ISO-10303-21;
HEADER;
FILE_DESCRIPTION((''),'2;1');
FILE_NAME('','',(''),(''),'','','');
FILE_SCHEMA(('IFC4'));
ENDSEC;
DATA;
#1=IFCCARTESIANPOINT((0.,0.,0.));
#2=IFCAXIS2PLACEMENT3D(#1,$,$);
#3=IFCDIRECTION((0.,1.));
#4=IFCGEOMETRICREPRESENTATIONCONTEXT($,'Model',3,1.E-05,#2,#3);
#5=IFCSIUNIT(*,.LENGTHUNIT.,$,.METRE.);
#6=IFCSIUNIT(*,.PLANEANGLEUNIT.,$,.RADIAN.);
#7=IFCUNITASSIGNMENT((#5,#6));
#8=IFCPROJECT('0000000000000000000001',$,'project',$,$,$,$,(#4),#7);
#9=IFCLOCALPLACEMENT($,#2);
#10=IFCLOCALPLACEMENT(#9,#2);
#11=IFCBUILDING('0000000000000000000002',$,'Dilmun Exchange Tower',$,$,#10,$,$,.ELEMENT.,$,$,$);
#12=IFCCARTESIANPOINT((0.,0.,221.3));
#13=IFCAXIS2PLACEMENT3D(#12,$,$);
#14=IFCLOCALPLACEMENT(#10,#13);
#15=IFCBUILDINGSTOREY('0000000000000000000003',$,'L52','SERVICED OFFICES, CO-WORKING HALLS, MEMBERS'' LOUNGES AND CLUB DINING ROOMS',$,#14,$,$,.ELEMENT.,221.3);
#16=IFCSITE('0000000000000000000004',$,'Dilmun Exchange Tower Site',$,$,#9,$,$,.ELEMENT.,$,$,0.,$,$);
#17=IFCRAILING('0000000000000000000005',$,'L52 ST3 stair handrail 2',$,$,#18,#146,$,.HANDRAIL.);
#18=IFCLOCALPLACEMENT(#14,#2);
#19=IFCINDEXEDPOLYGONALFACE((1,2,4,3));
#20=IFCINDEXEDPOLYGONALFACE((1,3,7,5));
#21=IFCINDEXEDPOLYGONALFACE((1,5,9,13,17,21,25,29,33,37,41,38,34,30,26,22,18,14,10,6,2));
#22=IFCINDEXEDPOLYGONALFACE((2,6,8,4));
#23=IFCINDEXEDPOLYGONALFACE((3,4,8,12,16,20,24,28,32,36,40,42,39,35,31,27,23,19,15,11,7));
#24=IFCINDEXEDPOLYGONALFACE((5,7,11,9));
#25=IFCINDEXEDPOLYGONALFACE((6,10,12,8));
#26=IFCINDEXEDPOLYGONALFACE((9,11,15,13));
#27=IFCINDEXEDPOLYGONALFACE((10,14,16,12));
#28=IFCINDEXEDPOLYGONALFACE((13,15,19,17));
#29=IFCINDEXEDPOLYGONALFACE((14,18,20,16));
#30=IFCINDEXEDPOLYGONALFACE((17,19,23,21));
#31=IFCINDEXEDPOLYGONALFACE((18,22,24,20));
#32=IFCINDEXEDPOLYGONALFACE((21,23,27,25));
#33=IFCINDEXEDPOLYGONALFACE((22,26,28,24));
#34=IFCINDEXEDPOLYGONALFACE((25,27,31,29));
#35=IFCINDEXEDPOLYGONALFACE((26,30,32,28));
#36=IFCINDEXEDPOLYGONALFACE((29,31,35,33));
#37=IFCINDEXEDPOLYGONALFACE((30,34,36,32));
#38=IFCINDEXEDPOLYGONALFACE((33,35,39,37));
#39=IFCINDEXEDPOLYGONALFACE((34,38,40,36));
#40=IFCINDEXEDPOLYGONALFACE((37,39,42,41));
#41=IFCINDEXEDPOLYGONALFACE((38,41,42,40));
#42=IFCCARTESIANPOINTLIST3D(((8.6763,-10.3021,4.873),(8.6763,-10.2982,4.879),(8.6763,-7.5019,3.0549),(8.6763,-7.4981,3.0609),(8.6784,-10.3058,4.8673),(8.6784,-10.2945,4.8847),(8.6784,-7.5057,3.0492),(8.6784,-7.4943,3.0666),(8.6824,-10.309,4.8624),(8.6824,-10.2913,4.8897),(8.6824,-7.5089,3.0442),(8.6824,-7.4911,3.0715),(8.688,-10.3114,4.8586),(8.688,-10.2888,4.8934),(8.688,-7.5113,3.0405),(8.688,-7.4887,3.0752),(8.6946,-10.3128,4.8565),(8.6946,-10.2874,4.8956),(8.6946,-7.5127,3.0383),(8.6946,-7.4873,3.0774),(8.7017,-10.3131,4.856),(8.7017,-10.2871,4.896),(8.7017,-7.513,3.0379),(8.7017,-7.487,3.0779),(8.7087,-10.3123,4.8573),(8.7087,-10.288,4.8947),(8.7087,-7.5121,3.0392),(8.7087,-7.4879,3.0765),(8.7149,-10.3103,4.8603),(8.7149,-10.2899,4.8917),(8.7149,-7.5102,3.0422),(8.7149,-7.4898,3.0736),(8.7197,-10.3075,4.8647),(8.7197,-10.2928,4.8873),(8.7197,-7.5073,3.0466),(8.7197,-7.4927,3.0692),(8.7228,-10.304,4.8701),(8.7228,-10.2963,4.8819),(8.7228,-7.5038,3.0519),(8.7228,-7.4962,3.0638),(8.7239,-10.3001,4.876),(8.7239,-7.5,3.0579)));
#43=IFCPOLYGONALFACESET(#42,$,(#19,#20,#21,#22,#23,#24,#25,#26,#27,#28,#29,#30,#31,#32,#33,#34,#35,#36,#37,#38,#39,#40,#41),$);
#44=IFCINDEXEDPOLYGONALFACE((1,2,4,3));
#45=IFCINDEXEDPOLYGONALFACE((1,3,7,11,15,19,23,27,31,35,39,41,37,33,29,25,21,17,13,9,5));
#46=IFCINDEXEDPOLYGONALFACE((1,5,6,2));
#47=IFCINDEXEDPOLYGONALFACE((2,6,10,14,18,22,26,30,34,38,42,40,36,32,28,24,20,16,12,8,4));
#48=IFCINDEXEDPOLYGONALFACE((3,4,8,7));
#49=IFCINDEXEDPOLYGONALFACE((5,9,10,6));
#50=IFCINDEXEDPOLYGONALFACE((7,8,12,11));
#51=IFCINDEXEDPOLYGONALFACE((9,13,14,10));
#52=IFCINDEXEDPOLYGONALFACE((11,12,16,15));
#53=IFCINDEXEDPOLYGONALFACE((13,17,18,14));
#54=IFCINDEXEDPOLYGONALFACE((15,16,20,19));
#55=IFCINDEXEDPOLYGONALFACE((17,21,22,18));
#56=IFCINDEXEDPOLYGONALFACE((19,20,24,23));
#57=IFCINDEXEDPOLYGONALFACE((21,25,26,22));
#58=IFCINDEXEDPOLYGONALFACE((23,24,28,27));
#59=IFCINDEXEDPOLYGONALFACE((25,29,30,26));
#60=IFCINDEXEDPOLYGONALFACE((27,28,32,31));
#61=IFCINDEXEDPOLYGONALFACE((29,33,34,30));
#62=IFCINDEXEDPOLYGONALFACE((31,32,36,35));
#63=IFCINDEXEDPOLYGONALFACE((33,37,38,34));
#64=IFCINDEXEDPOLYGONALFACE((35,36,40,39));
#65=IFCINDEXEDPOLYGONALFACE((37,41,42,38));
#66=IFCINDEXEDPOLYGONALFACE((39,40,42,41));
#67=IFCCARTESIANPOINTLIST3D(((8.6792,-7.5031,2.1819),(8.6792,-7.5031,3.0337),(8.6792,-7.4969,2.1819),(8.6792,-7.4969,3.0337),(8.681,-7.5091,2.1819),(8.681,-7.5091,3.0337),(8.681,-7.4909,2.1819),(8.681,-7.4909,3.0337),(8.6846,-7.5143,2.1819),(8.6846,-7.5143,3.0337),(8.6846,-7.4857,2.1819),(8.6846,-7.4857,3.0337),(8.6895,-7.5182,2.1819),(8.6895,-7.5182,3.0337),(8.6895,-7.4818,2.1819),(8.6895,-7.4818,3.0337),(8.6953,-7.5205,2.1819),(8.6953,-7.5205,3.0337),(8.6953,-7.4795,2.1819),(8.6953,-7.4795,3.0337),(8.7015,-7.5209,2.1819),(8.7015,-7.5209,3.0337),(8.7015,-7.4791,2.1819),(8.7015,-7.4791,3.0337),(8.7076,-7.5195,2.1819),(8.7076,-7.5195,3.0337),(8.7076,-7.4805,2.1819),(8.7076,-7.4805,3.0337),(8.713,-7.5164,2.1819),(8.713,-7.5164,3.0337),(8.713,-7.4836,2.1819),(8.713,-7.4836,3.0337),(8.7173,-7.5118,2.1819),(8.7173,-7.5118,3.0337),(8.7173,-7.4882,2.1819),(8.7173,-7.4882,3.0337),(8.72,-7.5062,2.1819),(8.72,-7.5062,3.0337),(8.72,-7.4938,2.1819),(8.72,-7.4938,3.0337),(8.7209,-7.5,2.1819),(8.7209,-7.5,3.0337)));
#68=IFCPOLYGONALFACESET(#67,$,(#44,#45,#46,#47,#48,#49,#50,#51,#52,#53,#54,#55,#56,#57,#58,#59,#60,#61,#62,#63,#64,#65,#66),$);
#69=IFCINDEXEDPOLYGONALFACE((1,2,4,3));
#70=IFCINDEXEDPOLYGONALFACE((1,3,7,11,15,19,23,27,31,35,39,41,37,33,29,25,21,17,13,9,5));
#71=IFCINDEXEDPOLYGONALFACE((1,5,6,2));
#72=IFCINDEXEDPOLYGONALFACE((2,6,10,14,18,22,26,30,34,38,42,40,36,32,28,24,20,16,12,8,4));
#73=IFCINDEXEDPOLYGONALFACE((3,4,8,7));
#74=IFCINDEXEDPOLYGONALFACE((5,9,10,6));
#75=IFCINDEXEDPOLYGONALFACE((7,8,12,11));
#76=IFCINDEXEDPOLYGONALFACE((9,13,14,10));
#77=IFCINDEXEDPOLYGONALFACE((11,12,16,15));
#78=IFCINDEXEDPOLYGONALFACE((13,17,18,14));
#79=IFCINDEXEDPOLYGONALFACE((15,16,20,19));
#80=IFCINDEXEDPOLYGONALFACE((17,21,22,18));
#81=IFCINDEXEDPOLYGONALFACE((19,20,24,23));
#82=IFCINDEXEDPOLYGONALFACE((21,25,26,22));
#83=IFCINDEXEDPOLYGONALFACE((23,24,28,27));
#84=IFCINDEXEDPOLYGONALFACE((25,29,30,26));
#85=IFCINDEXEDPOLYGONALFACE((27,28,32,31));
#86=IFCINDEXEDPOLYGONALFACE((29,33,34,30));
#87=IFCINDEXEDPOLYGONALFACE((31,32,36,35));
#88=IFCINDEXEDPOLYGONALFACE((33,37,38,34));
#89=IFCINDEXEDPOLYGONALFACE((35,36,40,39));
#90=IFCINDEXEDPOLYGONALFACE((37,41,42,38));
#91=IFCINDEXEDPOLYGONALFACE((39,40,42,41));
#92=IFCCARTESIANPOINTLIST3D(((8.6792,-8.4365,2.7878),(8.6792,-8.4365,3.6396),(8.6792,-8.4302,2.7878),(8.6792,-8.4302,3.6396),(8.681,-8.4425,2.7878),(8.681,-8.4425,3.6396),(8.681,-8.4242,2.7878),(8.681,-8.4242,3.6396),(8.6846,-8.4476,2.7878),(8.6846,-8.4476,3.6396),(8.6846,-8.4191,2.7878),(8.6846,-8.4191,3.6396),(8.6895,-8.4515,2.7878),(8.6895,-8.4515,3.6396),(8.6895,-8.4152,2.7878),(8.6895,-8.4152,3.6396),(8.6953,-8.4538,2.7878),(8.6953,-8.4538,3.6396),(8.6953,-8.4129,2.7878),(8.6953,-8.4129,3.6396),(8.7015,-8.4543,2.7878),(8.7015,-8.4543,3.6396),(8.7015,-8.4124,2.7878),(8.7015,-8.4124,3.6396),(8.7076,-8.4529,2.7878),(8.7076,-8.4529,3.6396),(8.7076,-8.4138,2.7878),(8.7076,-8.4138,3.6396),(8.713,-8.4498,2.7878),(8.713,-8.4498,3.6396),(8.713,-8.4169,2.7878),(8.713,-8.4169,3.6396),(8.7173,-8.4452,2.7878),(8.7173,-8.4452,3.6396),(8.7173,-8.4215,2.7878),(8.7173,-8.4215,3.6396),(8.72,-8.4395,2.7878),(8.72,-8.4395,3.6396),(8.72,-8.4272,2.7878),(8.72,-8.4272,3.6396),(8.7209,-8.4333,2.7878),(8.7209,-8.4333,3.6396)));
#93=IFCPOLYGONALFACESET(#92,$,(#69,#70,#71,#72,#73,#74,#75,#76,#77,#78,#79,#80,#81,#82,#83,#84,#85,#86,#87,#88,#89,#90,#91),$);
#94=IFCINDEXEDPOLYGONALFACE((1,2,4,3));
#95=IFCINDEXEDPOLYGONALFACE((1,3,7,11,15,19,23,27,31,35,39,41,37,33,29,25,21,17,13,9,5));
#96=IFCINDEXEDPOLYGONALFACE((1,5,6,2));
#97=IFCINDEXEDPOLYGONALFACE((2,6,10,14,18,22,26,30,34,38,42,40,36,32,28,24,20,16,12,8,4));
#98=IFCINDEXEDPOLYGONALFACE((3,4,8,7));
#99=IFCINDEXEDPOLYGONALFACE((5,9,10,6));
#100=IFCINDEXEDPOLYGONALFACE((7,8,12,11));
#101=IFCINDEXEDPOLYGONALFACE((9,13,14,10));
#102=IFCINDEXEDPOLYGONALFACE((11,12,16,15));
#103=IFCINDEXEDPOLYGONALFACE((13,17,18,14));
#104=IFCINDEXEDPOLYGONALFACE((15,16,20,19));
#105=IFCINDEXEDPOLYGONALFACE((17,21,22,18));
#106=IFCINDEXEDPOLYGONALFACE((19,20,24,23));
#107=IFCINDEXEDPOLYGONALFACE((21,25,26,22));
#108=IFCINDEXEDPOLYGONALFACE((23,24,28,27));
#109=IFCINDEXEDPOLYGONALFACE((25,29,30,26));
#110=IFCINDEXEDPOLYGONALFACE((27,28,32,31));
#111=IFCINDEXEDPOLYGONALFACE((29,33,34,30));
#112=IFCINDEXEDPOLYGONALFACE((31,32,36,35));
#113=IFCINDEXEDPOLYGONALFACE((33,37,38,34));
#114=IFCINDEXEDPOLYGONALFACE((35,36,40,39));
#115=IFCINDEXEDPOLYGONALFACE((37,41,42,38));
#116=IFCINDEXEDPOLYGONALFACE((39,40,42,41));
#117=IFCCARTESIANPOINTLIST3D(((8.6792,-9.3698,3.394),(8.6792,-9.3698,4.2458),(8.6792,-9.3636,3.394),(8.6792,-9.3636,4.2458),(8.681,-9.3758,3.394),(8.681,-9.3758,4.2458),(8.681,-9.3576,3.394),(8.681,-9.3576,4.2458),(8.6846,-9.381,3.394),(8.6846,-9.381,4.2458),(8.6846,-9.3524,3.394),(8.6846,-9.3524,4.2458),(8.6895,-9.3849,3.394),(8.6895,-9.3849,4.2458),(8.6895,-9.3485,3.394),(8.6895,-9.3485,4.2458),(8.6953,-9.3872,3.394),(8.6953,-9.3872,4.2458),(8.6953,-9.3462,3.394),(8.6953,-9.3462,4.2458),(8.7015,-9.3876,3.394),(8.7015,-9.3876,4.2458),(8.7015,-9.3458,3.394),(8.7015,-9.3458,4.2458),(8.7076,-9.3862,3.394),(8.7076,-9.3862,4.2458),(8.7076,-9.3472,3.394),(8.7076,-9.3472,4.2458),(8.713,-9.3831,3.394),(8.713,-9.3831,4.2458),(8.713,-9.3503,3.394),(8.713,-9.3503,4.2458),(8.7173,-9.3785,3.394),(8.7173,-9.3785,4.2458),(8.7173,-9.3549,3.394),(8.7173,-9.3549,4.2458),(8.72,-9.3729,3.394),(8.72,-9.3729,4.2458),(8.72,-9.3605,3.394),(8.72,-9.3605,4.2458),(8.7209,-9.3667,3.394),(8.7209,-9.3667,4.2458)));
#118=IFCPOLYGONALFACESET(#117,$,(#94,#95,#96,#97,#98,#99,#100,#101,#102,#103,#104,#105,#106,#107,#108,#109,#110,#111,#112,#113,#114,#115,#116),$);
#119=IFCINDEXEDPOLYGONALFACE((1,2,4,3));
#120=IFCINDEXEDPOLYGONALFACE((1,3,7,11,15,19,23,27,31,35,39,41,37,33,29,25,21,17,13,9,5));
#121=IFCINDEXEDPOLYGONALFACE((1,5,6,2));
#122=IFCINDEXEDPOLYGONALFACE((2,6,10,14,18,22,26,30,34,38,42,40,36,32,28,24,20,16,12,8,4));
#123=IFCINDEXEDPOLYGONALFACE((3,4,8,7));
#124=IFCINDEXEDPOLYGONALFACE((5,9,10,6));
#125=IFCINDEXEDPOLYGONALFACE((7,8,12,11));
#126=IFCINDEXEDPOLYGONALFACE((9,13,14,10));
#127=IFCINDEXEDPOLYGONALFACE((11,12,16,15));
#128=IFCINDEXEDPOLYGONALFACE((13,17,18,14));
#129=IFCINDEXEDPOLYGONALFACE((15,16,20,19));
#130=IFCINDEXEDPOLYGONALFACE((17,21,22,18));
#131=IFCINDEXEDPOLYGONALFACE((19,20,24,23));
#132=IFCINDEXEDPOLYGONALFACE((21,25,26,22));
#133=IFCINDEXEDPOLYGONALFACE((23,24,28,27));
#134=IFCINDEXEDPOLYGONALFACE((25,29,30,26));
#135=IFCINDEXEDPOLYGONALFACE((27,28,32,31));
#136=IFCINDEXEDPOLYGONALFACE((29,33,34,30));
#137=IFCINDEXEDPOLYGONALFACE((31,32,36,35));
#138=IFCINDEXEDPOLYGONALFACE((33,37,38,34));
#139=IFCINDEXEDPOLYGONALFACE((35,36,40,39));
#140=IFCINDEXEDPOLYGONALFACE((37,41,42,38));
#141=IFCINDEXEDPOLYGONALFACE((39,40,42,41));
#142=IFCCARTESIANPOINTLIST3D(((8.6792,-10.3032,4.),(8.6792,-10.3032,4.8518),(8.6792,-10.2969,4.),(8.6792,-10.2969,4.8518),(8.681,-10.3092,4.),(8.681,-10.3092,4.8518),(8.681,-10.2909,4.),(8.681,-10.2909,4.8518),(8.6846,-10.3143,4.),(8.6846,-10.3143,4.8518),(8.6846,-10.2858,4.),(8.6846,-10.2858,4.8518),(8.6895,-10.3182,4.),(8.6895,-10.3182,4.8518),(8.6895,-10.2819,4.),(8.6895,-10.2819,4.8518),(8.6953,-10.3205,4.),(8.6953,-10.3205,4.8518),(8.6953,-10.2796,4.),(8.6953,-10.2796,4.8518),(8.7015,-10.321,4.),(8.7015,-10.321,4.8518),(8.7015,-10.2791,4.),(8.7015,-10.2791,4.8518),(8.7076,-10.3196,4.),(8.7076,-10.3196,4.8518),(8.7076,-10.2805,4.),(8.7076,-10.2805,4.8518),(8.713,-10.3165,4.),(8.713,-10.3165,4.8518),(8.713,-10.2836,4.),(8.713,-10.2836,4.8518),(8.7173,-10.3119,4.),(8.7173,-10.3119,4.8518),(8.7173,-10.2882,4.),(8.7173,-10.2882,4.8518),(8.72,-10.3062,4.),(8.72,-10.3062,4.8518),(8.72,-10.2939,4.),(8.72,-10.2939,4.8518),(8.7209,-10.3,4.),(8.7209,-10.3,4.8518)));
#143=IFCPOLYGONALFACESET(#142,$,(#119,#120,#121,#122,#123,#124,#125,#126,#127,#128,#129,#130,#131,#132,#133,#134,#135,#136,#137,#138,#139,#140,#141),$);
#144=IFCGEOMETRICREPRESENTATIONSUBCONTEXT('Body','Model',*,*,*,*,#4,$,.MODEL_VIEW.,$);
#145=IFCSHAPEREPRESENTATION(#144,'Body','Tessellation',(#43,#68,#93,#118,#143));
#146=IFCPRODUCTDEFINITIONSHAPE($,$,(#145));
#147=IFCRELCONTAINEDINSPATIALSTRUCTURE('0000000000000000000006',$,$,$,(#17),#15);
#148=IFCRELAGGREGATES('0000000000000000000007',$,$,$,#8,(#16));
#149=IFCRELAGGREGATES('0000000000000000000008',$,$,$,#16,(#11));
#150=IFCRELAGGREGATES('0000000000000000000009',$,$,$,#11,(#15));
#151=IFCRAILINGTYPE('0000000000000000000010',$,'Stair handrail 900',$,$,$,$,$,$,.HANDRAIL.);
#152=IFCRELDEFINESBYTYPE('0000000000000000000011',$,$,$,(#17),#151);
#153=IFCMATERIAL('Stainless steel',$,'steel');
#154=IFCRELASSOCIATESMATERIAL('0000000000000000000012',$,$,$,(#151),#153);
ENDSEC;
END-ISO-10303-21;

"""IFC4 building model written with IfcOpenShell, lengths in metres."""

from ifc_helpers import new_model, si_unit, direction, frame, origin, origin_2d, place, context, subcontext, project, spatial, circle, extrude, material, type_object, element, save


model = new_model("IFC4")

# Units and contexts
model_context = context("Model", 3, precision=1e-05, world=origin(), true_north=direction((0.0, 1.0)))
body_context = subcontext(model_context, "Body", "Model", "MODEL_VIEW")
ifc_project = project(units=[si_unit("LENGTHUNIT", "METRE"), si_unit("PLANEANGLEUNIT", "RADIAN")], contexts=[model_context])

# Site, building, storey
site_placement = place(None, origin())
site = spatial("IfcSite", under=ifc_project, at=site_placement, Name="Dilmun Exchange Tower Site", CompositionType="ELEMENT", RefElevation=0.0)
building_placement = place(site_placement, origin())
building = spatial("IfcBuilding", under=site, at=building_placement, Name="Dilmun Exchange Tower", CompositionType="ELEMENT")
storey_placement = place(building_placement, frame((0.0, 0.0, 221.3)))
storey = spatial("IfcBuildingStorey", under=building, at=storey_placement, Name="L52", Description="SERVICED OFFICES, CO-WORKING HALLS, MEMBERS' LOUNGES AND CLUB DINING ROOMS", CompositionType="ELEMENT", Elevation=221.3)

# Railing
ifc_material_1 = material(Name="Stainless steel", Category="steel")
railing_type = type_object("IfcRailingType", Name="Stair handrail 900", PredefinedType="HANDRAIL", material=ifc_material_1)
railing_1_placement = place(storey_placement, frame((8.7, -7.5, 2.1819)))
element("IfcRailing", 1, at=railing_1_placement, inside=storey, type_object=railing_type, Name="L52 ST3 stair handrail 2", PredefinedType="HANDRAIL", context=body_context, shape_type="SweptSolid", body=[
    extrude(circle(Radius=0.0239, at=origin_2d()), frame((0.0, 0.0, 0.876), z_axis=(0.0, -0.838706, 0.544585), x_axis=(1.0, 0.0, 0.0)), (0.0, 0.0, 1.0), 3.3386),
    extrude(circle(Radius=0.021, at=origin_2d()), origin(), (0.0, 0.0, 1.0), 0.8518),
    extrude(circle(Radius=0.021, at=origin_2d()), frame((0.0, -0.9333, 0.606)), (0.0, 0.0, 1.0), 0.8518),
    extrude(circle(Radius=0.021, at=origin_2d()), frame((0.0, -1.8667, 1.2122)), (0.0, 0.0, 1.0), 0.8518),
    extrude(circle(Radius=0.021, at=origin_2d()), frame((0.0, -2.8, 1.8181)), (0.0, 0.0, 1.0), 0.8518),
])

save(model, "model.ifc")
